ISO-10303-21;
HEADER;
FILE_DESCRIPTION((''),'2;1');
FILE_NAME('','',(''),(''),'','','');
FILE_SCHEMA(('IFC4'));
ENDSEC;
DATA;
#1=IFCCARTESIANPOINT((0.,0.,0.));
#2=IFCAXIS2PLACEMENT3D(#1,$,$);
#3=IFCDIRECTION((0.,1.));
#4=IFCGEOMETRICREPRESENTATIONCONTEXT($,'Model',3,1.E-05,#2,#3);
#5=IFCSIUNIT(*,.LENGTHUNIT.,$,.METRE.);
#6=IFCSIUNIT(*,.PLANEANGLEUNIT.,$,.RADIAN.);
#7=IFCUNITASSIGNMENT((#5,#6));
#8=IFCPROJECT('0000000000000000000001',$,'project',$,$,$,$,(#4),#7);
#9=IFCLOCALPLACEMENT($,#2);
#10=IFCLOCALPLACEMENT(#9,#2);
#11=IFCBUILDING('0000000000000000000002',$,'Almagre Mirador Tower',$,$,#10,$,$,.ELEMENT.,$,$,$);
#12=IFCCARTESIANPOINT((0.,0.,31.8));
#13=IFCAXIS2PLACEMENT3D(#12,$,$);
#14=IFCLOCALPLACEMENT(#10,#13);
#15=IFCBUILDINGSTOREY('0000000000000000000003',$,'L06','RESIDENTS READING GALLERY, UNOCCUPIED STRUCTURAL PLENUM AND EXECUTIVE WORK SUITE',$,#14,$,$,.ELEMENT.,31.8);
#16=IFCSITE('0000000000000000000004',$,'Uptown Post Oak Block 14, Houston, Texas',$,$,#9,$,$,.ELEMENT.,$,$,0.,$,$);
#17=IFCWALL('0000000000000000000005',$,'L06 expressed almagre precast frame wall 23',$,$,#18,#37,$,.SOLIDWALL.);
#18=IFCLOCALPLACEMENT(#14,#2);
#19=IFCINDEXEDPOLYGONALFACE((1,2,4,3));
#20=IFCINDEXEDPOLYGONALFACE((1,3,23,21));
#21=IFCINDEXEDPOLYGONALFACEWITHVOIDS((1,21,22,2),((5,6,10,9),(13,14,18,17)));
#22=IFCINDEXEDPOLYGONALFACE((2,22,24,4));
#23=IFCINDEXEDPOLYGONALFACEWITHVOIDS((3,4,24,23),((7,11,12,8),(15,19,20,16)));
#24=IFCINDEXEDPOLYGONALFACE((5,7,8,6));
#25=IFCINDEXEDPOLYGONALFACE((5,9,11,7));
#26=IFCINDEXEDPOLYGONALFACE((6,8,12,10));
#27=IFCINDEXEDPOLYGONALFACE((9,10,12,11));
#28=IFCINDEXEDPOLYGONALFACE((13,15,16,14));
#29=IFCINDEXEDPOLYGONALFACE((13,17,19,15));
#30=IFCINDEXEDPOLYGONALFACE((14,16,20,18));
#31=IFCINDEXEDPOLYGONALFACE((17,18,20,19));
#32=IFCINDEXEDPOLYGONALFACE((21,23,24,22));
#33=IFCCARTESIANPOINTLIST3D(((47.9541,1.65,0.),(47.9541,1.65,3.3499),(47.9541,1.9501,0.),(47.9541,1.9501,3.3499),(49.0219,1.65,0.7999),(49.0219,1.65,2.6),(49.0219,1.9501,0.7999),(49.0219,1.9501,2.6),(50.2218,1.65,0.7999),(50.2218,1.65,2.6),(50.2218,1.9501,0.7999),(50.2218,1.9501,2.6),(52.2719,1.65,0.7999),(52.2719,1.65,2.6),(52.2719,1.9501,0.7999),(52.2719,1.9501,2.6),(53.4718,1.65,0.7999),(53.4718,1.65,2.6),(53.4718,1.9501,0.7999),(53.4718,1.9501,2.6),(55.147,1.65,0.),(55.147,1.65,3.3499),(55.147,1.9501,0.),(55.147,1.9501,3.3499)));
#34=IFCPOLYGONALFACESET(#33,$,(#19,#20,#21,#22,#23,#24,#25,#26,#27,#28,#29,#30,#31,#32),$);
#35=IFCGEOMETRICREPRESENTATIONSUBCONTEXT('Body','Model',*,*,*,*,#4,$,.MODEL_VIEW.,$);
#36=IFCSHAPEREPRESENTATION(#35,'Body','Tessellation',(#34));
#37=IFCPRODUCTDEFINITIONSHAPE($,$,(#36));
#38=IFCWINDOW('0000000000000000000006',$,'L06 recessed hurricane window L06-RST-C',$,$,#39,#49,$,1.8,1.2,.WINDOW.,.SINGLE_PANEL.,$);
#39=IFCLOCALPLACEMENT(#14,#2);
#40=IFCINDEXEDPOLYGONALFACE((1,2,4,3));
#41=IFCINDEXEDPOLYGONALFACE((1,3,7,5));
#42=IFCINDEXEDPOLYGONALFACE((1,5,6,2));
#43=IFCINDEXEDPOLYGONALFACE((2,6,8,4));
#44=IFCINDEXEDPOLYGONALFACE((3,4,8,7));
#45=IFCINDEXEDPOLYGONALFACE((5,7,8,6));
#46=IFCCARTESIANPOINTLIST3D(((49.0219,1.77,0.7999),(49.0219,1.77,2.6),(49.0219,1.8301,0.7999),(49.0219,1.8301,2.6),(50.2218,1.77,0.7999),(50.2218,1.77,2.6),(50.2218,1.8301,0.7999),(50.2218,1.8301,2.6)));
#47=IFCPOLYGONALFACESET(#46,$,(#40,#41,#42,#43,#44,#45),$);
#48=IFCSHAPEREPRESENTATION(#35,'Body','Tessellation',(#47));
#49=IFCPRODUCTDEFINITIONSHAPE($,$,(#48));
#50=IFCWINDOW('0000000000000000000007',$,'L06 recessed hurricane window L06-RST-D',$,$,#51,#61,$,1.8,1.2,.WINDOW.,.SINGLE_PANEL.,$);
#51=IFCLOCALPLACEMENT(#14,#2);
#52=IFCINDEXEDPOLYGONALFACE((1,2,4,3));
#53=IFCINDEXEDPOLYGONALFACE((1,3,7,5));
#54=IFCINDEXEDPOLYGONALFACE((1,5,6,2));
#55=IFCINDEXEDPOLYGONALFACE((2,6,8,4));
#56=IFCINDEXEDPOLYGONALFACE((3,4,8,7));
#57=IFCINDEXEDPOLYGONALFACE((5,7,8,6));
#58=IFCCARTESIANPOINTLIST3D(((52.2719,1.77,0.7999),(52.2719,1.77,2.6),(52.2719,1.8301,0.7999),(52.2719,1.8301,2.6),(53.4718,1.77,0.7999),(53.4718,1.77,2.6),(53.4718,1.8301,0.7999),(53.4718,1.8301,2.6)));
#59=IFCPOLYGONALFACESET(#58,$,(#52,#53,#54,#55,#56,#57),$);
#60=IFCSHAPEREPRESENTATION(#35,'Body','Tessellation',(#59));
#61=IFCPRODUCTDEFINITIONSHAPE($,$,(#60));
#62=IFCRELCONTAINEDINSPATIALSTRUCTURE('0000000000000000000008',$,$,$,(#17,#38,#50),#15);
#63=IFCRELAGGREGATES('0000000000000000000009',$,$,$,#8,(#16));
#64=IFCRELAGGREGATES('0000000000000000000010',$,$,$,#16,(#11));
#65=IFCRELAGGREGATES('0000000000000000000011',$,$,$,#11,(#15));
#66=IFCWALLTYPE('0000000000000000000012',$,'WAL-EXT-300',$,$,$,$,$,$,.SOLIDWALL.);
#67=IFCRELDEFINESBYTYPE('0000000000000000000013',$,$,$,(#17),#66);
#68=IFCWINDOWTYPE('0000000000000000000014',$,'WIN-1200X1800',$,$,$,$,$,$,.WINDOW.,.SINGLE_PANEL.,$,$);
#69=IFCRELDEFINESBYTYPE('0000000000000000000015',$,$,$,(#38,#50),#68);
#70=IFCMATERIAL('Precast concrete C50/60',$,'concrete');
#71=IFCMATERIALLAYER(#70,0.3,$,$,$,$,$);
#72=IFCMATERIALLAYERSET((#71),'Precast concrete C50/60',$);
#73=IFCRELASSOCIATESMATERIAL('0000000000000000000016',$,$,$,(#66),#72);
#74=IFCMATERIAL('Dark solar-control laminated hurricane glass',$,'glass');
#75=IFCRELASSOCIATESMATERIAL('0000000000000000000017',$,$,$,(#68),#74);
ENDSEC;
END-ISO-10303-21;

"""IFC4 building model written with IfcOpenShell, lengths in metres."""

from ifc_helpers import new_model, si_unit, direction, frame, frame_2d, origin, place, context, subcontext, project, spatial, rectangle, extrude, material, layer, layer_set, type_object, element, fill, save


model = new_model("IFC4")

# Units and contexts
model_context = context("Model", 3, precision=1e-05, world=origin(), true_north=direction((0.0, 1.0)))
body_context = subcontext(model_context, "Body", "Model", "MODEL_VIEW")
ifc_project = project(units=[si_unit("LENGTHUNIT", "METRE"), si_unit("PLANEANGLEUNIT", "RADIAN")], contexts=[model_context])

# Site, building, storey
site_placement = place(None, origin())
site = spatial("IfcSite", under=ifc_project, at=site_placement, Name="Uptown Post Oak Block 14, Houston, Texas", CompositionType="ELEMENT", RefElevation=0.0)
building_placement = place(site_placement, origin())
building = spatial("IfcBuilding", under=site, at=building_placement, Name="Almagre Mirador Tower", CompositionType="ELEMENT")
storey_placement = place(building_placement, frame((0.0, 0.0, 31.8)))
storey = spatial("IfcBuildingStorey", under=building, at=storey_placement, Name="L06", Description="RESIDENTS READING GALLERY, UNOCCUPIED STRUCTURAL PLENUM AND EXECUTIVE WORK SUITE", CompositionType="ELEMENT", Elevation=31.8)

# Shared definitions
ifc_material_1 = material(Name="Precast concrete C50/60", Category="concrete")
ifc_layer = layer(ifc_material_1, 0.3)
ifc_layer_set = layer_set([ifc_layer], Name="Precast concrete C50/60")
wall_type = type_object("IfcWallType", Name="WAL-EXT-300", PredefinedType="SOLIDWALL", material=ifc_layer_set)
ifc_material_2 = material(Name="Dark solar-control laminated hurricane glass", Category="glass")
window_type_1 = type_object("IfcWindowType", Name="WIN-1200X1800", PartitioningType="SINGLE_PANEL", PredefinedType="WINDOW", material=ifc_material_2)

# Wall, openings, windows
wall_1_placement = place(storey_placement, frame((55.147, 1.8, 0.0), z_axis=(0.0, 0.0, 1.0), x_axis=(-1.0, 0.0, 0.0)))
wall_1 = element("IfcWall", 1, at=wall_1_placement, inside=storey, type_object=wall_type, Name="L06 expressed almagre precast frame wall 23", PredefinedType="SOLIDWALL", context=body_context, shape_type="SweptSolid", body=[
    extrude(rectangle(XDim=7.1929, YDim=0.3, at=frame_2d((3.5964, 0.0))), origin(), (0.0, 0.0, 1.0), 3.3499),
])
opening_1_placement = place(wall_1_placement, frame((4.925, 0.0, 0.8)))
opening_1 = element("IfcOpeningElement", 2, at=opening_1_placement, cuts=wall_1, PredefinedType="OPENING", context=body_context, shape_type="SweptSolid", body=[
    extrude(rectangle(XDim=1.2, YDim=1.8, at=frame_2d((0.6001, 0.8999))), frame((0.0, 0.1599, 0.0), z_axis=(0.0, -1.0, 0.0), x_axis=(1.0, 0.0, 0.0)), (0.0, 0.0, 1.0), 0.32),
])
opening_2_placement = place(wall_1_placement, frame((1.675, 0.0, 0.8)))
opening_2 = element("IfcOpeningElement", 3, at=opening_2_placement, cuts=wall_1, PredefinedType="OPENING", context=body_context, shape_type="SweptSolid", body=[
    extrude(rectangle(XDim=1.2, YDim=1.8, at=frame_2d((0.6001, 0.8999))), frame((0.0, 0.1599, 0.0), z_axis=(0.0, -1.0, 0.0), x_axis=(1.0, 0.0, 0.0)), (0.0, 0.0, 1.0), 0.32),
])
window_1_placement = place(opening_1_placement, origin())
window_1 = element("IfcWindow", 4, at=window_1_placement, inside=storey, type_object=window_type_1, Name="L06 recessed hurricane window L06-RST-C", OverallHeight=1.8, OverallWidth=1.2, PartitioningType="SINGLE_PANEL", PredefinedType="WINDOW", context=body_context, shape_type="SweptSolid", body=[
    extrude(rectangle(XDim=1.2, YDim=1.8, at=frame_2d((0.6001, 0.8999))), frame((0.0, 0.03, 0.0), z_axis=(0.0, -1.0, 0.0), x_axis=(1.0, 0.0, 0.0)), (0.0, 0.0, 1.0), 0.0601),
])
fill(opening_1, window_1)
window_2_placement = place(opening_2_placement, origin())
window_2 = element("IfcWindow", 5, at=window_2_placement, inside=storey, type_object=window_type_1, Name="L06 recessed hurricane window L06-RST-D", OverallHeight=1.8, OverallWidth=1.2, PartitioningType="SINGLE_PANEL", PredefinedType="WINDOW", context=body_context, shape_type="SweptSolid", body=[
    extrude(rectangle(XDim=1.2, YDim=1.8, at=frame_2d((0.6001, 0.8999))), frame((0.0, 0.03, 0.0), z_axis=(0.0, -1.0, 0.0), x_axis=(1.0, 0.0, 0.0)), (0.0, 0.0, 1.0), 0.0601),
])
fill(opening_2, window_2)

save(model, "model.ifc")
